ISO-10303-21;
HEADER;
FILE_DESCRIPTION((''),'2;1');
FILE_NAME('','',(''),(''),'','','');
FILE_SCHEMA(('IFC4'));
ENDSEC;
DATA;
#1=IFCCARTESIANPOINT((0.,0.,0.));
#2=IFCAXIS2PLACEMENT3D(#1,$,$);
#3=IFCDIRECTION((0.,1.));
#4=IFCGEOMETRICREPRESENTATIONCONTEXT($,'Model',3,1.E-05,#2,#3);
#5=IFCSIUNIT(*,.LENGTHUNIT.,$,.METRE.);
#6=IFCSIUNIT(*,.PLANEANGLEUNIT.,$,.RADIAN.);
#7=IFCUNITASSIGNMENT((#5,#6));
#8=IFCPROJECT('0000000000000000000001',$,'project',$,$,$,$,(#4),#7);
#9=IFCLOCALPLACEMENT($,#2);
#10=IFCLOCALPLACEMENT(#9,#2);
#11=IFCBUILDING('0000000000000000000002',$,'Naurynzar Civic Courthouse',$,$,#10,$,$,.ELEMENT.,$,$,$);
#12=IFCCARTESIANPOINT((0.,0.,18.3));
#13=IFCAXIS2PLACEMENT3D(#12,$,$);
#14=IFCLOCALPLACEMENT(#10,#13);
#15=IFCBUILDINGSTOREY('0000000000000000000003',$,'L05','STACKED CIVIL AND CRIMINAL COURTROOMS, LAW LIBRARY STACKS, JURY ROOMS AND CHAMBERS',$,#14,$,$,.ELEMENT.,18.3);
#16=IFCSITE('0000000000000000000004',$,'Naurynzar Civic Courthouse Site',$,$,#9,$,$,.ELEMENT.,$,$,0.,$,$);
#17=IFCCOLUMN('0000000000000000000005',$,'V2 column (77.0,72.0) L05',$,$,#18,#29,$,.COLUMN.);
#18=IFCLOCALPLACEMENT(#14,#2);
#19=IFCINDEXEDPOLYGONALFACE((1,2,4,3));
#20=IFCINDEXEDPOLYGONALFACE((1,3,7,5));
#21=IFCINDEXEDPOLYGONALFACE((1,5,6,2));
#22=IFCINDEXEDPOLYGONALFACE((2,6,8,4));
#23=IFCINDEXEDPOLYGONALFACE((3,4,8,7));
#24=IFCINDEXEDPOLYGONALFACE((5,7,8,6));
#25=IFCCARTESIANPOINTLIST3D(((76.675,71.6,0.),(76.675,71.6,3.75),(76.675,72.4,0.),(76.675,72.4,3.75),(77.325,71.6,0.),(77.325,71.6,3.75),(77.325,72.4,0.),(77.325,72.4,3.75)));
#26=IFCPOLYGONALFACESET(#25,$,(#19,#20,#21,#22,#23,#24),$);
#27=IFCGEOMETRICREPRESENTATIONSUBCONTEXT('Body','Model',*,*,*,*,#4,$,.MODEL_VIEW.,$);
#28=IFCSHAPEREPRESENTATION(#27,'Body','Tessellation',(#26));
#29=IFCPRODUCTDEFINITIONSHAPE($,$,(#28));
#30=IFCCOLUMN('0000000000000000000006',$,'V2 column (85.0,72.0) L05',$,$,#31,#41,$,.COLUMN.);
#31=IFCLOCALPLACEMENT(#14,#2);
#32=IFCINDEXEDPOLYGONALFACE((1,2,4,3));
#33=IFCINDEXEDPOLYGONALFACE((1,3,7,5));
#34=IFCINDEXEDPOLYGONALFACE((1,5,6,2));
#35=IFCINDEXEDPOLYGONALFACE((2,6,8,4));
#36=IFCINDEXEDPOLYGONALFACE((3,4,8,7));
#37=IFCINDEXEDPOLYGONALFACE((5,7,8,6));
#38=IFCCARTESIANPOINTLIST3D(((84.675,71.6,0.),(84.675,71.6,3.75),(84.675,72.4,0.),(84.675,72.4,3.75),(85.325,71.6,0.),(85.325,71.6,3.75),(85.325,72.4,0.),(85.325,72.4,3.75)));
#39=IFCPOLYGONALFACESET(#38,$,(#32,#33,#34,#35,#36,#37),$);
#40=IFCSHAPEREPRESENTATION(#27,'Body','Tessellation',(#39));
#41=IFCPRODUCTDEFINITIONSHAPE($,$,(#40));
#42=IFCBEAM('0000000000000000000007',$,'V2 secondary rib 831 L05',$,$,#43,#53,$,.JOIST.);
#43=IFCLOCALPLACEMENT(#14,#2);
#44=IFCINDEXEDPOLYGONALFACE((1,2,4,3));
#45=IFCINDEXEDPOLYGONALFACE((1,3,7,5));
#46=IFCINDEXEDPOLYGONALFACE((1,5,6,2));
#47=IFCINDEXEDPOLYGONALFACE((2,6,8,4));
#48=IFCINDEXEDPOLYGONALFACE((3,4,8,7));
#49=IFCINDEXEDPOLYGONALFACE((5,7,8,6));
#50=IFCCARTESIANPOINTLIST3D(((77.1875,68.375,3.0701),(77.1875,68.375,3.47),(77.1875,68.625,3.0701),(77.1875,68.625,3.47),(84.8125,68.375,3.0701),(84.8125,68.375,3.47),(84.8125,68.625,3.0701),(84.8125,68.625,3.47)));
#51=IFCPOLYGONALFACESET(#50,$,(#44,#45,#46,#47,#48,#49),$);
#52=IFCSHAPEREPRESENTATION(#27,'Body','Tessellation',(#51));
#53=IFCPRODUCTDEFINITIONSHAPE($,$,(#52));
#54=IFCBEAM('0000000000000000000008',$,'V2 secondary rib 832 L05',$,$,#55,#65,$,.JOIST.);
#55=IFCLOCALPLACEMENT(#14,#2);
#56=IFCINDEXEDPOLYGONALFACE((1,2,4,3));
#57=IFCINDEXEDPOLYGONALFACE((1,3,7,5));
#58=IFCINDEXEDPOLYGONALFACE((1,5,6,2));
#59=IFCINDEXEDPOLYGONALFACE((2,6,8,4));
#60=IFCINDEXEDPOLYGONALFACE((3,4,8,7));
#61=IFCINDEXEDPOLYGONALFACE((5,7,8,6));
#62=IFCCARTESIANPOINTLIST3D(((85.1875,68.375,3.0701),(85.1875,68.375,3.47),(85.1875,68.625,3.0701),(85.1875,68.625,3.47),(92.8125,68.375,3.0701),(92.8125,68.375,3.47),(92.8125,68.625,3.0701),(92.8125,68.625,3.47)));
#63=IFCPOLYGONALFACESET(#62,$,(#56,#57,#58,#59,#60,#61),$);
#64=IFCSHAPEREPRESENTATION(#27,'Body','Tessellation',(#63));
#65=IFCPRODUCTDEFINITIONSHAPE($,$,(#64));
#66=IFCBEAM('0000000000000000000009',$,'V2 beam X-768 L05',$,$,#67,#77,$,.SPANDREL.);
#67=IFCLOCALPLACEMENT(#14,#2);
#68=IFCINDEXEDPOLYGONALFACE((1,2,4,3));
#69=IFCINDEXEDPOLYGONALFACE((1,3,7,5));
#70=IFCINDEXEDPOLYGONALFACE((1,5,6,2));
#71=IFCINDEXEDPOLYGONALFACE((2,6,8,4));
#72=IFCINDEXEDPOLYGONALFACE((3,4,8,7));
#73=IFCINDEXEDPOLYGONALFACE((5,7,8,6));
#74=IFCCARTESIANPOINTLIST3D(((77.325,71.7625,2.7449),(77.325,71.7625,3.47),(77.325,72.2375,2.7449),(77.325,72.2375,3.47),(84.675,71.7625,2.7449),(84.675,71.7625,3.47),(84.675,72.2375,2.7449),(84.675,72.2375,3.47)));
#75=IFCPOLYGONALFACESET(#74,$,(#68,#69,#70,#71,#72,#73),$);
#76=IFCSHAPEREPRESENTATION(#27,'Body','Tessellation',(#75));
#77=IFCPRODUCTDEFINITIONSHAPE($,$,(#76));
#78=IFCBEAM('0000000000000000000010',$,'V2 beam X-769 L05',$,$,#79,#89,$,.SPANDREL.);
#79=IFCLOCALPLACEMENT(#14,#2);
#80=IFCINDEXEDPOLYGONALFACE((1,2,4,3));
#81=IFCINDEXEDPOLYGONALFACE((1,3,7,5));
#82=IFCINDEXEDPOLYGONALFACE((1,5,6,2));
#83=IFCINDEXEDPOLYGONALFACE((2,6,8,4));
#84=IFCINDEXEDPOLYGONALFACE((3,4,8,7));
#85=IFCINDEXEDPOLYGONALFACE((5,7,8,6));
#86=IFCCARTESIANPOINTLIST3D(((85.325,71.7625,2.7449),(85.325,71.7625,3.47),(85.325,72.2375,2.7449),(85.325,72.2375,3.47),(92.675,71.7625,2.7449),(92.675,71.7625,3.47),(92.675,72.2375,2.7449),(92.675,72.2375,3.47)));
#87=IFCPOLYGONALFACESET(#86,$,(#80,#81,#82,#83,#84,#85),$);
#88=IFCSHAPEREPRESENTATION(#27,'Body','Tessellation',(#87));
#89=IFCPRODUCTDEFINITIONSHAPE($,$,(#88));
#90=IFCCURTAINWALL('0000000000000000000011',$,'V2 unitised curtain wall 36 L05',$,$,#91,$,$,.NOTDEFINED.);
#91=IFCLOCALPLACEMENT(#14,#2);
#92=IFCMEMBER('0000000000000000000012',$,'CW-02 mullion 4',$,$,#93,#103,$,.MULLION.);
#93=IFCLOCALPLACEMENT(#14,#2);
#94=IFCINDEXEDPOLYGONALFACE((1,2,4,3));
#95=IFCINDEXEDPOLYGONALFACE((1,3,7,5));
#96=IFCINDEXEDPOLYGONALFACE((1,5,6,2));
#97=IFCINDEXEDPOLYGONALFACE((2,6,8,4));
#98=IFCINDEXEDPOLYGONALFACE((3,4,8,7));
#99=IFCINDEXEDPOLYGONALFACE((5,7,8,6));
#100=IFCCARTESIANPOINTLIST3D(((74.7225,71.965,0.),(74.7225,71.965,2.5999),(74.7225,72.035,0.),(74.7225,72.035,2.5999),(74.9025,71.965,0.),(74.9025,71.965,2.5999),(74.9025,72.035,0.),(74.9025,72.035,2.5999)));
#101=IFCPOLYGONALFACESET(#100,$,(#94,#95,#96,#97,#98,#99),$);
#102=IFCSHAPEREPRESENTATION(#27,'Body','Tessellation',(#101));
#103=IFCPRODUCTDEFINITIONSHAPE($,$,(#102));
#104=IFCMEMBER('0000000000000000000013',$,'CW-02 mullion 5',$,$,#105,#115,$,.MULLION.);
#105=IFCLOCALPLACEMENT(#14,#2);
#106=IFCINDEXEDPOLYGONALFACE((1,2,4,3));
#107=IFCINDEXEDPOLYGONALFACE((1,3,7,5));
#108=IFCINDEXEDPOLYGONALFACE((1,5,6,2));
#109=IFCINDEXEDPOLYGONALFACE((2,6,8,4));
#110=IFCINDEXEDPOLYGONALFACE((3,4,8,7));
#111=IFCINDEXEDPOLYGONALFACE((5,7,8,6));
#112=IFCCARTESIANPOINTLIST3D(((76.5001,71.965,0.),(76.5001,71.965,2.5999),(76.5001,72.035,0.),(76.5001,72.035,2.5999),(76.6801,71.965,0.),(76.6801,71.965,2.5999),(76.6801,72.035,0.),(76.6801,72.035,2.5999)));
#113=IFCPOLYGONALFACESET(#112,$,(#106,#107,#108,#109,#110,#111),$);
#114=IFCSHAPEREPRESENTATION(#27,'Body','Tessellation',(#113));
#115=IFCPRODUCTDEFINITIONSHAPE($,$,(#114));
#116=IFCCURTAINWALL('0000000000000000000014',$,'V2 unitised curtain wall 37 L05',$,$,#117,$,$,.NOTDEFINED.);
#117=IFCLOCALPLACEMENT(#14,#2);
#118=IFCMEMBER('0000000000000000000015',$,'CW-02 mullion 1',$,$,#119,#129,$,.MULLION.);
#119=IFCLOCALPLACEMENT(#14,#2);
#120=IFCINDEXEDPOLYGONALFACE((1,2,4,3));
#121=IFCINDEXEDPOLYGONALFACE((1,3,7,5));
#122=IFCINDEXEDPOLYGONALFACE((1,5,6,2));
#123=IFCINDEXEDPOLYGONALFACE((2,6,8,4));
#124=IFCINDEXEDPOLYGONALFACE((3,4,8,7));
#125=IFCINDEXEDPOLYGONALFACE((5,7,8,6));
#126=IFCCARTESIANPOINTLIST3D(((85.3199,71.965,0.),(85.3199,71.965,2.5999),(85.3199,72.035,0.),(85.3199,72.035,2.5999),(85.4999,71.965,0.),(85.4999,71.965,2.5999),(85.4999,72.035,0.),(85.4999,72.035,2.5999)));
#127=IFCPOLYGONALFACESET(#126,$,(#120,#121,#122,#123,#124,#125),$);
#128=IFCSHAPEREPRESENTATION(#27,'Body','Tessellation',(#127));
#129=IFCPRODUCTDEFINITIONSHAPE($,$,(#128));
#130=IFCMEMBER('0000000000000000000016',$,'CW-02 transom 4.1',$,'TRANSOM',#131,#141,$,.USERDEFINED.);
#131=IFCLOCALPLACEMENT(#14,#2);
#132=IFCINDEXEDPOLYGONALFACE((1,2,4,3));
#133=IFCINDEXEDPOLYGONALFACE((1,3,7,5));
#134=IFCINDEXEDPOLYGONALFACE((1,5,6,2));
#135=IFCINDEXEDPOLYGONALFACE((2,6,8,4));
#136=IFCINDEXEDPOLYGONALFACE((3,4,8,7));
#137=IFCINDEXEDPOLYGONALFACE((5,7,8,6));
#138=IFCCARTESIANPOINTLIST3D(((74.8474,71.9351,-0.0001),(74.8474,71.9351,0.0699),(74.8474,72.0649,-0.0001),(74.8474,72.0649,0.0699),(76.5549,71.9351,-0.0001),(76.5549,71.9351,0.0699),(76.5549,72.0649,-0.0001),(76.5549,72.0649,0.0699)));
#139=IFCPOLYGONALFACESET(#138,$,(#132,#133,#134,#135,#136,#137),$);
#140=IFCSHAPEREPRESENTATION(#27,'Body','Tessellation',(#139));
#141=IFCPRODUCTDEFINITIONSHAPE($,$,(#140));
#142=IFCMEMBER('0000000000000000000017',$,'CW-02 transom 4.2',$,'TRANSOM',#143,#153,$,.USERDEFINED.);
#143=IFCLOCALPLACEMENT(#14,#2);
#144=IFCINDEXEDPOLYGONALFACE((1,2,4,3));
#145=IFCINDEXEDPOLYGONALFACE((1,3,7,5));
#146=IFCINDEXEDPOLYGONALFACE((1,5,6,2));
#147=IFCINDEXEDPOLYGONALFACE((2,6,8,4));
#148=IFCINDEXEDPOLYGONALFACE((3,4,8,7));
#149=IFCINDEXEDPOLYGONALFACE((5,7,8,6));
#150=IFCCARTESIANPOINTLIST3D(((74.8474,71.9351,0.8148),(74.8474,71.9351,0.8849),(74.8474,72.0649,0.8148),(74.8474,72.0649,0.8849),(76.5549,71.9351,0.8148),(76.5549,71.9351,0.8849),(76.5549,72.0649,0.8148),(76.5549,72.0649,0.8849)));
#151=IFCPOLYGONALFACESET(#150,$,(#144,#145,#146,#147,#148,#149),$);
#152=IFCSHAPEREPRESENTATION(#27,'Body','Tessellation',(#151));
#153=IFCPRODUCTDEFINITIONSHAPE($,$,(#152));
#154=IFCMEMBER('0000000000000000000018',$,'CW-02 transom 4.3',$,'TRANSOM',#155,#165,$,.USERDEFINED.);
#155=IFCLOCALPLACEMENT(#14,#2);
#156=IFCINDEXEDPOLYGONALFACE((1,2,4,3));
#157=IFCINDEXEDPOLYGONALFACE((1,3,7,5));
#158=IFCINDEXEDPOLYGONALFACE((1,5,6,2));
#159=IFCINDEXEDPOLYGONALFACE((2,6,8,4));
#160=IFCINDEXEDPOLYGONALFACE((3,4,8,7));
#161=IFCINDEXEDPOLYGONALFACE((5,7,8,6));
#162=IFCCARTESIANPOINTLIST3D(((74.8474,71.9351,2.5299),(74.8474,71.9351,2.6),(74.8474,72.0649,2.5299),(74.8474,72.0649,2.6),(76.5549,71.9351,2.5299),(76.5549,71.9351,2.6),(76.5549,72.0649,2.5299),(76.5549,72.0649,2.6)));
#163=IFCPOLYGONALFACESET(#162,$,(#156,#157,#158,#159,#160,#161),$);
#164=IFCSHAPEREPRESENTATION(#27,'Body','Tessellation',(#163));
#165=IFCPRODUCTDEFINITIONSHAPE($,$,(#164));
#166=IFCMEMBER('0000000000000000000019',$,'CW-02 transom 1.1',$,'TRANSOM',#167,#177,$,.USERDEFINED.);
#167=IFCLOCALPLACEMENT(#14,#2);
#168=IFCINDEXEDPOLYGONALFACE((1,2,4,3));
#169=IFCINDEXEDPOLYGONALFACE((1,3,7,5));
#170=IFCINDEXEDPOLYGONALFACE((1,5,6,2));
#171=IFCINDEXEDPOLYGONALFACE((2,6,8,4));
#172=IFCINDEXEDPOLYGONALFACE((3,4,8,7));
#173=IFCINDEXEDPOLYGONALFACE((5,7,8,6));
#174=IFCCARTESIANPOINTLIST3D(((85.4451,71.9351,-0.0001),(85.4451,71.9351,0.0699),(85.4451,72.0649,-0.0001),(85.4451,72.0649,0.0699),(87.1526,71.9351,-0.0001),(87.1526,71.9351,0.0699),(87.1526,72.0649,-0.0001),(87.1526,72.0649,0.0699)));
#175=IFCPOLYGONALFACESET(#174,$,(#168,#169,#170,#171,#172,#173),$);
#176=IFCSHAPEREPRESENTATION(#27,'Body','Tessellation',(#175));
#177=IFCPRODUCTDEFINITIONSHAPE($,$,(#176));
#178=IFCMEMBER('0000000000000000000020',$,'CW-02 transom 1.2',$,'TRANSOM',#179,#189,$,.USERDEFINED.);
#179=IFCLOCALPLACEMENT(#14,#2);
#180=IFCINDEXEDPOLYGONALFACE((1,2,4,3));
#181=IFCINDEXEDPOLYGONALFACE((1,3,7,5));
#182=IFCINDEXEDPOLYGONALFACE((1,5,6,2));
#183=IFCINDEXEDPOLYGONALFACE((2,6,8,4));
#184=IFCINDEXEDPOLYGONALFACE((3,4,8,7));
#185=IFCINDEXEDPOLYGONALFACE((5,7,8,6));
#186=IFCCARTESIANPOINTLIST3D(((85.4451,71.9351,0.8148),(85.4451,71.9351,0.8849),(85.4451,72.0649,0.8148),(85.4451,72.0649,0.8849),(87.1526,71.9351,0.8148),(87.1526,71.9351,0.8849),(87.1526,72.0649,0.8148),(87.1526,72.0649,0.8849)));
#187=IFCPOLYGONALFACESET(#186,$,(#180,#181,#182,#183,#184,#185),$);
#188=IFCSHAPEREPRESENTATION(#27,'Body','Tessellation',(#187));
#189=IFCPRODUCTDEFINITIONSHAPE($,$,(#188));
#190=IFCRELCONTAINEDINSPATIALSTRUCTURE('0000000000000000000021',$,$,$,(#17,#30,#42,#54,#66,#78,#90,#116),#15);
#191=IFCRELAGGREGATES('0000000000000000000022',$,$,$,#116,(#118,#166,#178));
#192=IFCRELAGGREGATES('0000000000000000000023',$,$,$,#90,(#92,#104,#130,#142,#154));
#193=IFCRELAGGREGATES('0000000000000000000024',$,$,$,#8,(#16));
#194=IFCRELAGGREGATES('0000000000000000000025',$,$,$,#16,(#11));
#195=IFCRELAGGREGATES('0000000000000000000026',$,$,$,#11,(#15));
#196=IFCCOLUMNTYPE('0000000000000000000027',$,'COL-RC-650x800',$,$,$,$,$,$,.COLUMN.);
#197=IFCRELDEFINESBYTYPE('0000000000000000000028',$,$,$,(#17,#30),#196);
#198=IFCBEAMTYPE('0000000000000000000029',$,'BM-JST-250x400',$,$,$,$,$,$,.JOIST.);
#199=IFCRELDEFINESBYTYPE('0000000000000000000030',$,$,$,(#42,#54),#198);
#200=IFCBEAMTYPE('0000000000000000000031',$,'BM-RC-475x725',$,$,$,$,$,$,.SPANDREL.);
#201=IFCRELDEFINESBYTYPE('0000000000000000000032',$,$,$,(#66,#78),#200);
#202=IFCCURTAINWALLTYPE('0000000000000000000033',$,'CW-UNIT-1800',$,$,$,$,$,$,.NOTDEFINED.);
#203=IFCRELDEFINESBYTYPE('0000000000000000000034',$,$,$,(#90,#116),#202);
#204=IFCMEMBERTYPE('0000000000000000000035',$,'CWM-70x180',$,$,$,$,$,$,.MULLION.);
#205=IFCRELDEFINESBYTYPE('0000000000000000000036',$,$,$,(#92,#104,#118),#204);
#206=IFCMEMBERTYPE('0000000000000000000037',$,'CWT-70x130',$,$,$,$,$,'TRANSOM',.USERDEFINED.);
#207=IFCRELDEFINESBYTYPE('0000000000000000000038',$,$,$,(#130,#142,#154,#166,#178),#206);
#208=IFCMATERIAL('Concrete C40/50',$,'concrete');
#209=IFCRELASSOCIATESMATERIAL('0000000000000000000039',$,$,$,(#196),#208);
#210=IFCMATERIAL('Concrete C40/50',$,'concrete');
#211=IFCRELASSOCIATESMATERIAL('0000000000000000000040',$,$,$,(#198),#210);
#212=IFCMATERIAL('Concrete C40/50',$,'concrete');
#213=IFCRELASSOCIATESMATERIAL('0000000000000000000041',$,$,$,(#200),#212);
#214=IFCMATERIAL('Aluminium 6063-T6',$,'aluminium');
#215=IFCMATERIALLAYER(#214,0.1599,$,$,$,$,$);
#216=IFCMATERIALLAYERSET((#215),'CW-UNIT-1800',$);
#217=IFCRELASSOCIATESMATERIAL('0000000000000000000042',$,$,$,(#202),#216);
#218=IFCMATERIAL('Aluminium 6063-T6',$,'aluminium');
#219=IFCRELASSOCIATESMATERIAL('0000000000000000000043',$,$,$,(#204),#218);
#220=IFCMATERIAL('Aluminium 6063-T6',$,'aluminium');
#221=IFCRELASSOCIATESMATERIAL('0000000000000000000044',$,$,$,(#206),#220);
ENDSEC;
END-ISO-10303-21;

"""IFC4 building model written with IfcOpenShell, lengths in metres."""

from ifc_helpers import new_model, si_unit, direction, frame, origin, origin_2d, place, context, subcontext, project, spatial, rectangle, extrude, material, layer, layer_set, material_profile, profile_set, type_object, element, aggregate, save


model = new_model("IFC4")

# Units and contexts
model_context = context("Model", 3, precision=1e-05, world=origin(), true_north=direction((0.0, 1.0)))
body_context = subcontext(model_context, "Body", "Model", "MODEL_VIEW")
ifc_project = project(units=[si_unit("LENGTHUNIT", "METRE"), si_unit("PLANEANGLEUNIT", "RADIAN")], contexts=[model_context])

# Site, building, storey
site_placement = place(None, origin())
site = spatial("IfcSite", under=ifc_project, at=site_placement, Name="Naurynzar Civic Courthouse Site", CompositionType="ELEMENT", RefElevation=0.0)
building_placement = place(site_placement, origin())
building = spatial("IfcBuilding", under=site, at=building_placement, Name="Naurynzar Civic Courthouse", CompositionType="ELEMENT")
storey_placement = place(building_placement, frame((0.0, 0.0, 18.3)))
storey = spatial("IfcBuildingStorey", under=building, at=storey_placement, Name="L05", Description="STACKED CIVIL AND CRIMINAL COURTROOMS, LAW LIBRARY STACKS, JURY ROOMS AND CHAMBERS", CompositionType="ELEMENT", Elevation=18.3)

# Columns
ifc_material_1 = material(Name="Concrete C40/50", Category="concrete")
ifc_material_profile_1 = material_profile(ifc_material_1, rectangle(XDim=0.6499, YDim=0.8, at=origin_2d()), Name="RC 650x800")
ifc_profile_set_1 = profile_set([ifc_material_profile_1], Name="Concrete C40/50")
column_type = type_object("IfcColumnType", Name="COL-RC-650x800", PredefinedType="COLUMN", material=ifc_profile_set_1)
for number, where, z_axis, x_axis, name in (
    (1, (77.0, 72.0, 0.0), (0.0, 0.0, 1.0), (1.0, 0.0, 0.0), "V2 column (77.0,72.0) L05"),
    (2, (85.0, 72.0, 0.0), (0.0, 0.0, 1.0), (1.0, 0.0, 0.0), "V2 column (85.0,72.0) L05"),
):
    element("IfcColumn", number, at=place(storey_placement, frame(where, z_axis=z_axis, x_axis=x_axis)), inside=storey, type_object=column_type, Name=name, PredefinedType="COLUMN", context=body_context, shape_type="SweptSolid", body=[
        extrude(rectangle(XDim=0.6499, YDim=0.8, at=origin_2d()), origin(), (0.0, 0.0, 1.0), 3.75),
    ])

# Beams
ifc_material_2 = material(Name="Concrete C40/50", Category="concrete")
ifc_material_profile_2 = material_profile(ifc_material_2, rectangle(XDim=0.25, YDim=0.3999, at=origin_2d()), Name="RCB 250x400")
ifc_profile_set_2 = profile_set([ifc_material_profile_2], Name="Concrete C40/50")
beam_type_1 = type_object("IfcBeamType", Name="BM-JST-250x400", PredefinedType="JOIST", material=ifc_profile_set_2)
for number, where, z_axis, x_axis, name in (
    (3, (77.1875, 68.5, 3.27), (1.0, 0.0, 0.0), (0.0, 1.0, 0.0), "V2 secondary rib 831 L05"),
    (4, (85.1875, 68.5, 3.27), (1.0, 0.0, 0.0), (0.0, 1.0, 0.0), "V2 secondary rib 832 L05"),
):
    element("IfcBeam", number, at=place(storey_placement, frame(where, z_axis=z_axis, x_axis=x_axis)), inside=storey, type_object=beam_type_1, Name=name, PredefinedType="JOIST", context=body_context, shape_type="SweptSolid", body=[
        extrude(rectangle(XDim=0.25, YDim=0.3999, at=origin_2d()), origin(), (0.0, 0.0, 1.0), 7.625),
    ])
ifc_material_3 = material(Name="Concrete C40/50", Category="concrete")
ifc_material_profile_3 = material_profile(ifc_material_3, rectangle(XDim=0.4751, YDim=0.7251, at=origin_2d()), Name="RCB 475x725")
ifc_profile_set_3 = profile_set([ifc_material_profile_3], Name="Concrete C40/50")
beam_type_2 = type_object("IfcBeamType", Name="BM-RC-475x725", PredefinedType="SPANDREL", material=ifc_profile_set_3)
for number, where, z_axis, x_axis, name in (
    (5, (77.325, 72.0, 3.1074), (1.0, 0.0, 0.0), (0.0, 1.0, 0.0), "V2 beam X-768 L05"),
    (6, (85.325, 72.0, 3.1074), (1.0, 0.0, 0.0), (0.0, 1.0, 0.0), "V2 beam X-769 L05"),
):
    element("IfcBeam", number, at=place(storey_placement, frame(where, z_axis=z_axis, x_axis=x_axis)), inside=storey, type_object=beam_type_2, Name=name, PredefinedType="SPANDREL", context=body_context, shape_type="SweptSolid", body=[
        extrude(rectangle(XDim=0.4751, YDim=0.7251, at=origin_2d()), origin(), (0.0, 0.0, 1.0), 7.3501),
    ])

# Curtain wall, members
ifc_material_4 = material(Name="Aluminium 6063-T6", Category="aluminium")
ifc_layer_1 = layer(ifc_material_4, 0.1599)
ifc_layer_set_1 = layer_set([ifc_layer_1], Name="CW-UNIT-1800")
curtain_wall_type = type_object("IfcCurtainWallType", Name="CW-UNIT-1800", PredefinedType="NOTDEFINED", material=ifc_layer_set_1)
curtain_wall_1_placement = place(storey_placement, origin())
curtain_wall_1 = element("IfcCurtainWall", 7, at=curtain_wall_1_placement, inside=storey, type_object=curtain_wall_type, Name="V2 unitised curtain wall 36 L05", PredefinedType="NOTDEFINED")
ifc_material_5 = material(Name="Aluminium 6063-T6", Category="aluminium")
ifc_material_profile_4 = material_profile(ifc_material_5, rectangle(XDim=0.0701, YDim=0.1799, at=origin_2d()), Name="ALU MULLION 70x180")
ifc_profile_set_4 = profile_set([ifc_material_profile_4], Name="Aluminium 6063-T6")
member_type_1 = type_object("IfcMemberType", Name="CWM-70x180", PredefinedType="MULLION", material=ifc_profile_set_4)
member_1_placement = place(storey_placement, frame((74.8125, 72.0, 0.0), z_axis=(0.0, 0.0, 1.0), x_axis=(0.0, 1.0, 0.0)))
member_1 = element("IfcMember", 8, at=member_1_placement, type_object=member_type_1, Name="CW-02 mullion 4", PredefinedType="MULLION", context=body_context, shape_type="SweptSolid", body=[
    extrude(rectangle(XDim=0.0701, YDim=0.1799, at=origin_2d()), origin(), (0.0, 0.0, 1.0), 2.5999),
])
member_2_placement = place(storey_placement, frame((76.5901, 72.0, 0.0), z_axis=(0.0, 0.0, 1.0), x_axis=(0.0, 1.0, 0.0)))
member_2 = element("IfcMember", 9, at=member_2_placement, type_object=member_type_1, Name="CW-02 mullion 5", PredefinedType="MULLION", context=body_context, shape_type="SweptSolid", body=[
    extrude(rectangle(XDim=0.0701, YDim=0.1799, at=origin_2d()), origin(), (0.0, 0.0, 1.0), 2.5999),
])

# Curtain wall, member
curtain_wall_2_placement = place(storey_placement, origin())
curtain_wall_2 = element("IfcCurtainWall", 10, at=curtain_wall_2_placement, inside=storey, type_object=curtain_wall_type, Name="V2 unitised curtain wall 37 L05", PredefinedType="NOTDEFINED")
member_3_placement = place(storey_placement, frame((85.4099, 72.0, 0.0), z_axis=(0.0, 0.0, 1.0), x_axis=(0.0, 1.0, 0.0)))
member_3 = element("IfcMember", 11, at=member_3_placement, type_object=member_type_1, Name="CW-02 mullion 1", PredefinedType="MULLION", context=body_context, shape_type="SweptSolid", body=[
    extrude(rectangle(XDim=0.0701, YDim=0.1799, at=origin_2d()), origin(), (0.0, 0.0, 1.0), 2.5999),
])

# Members
ifc_material_6 = material(Name="Aluminium 6063-T6", Category="aluminium")
ifc_material_profile_5 = material_profile(ifc_material_6, rectangle(XDim=0.1299, YDim=0.0701, at=origin_2d()), Name="ALU TRANSOM 70x130")
ifc_profile_set_5 = profile_set([ifc_material_profile_5], Name="Aluminium 6063-T6")
member_type_2 = type_object("IfcMemberType", Name="CWT-70x130", ElementType="TRANSOM", PredefinedType="USERDEFINED", material=ifc_profile_set_5)
member_4_placement = place(storey_placement, frame((74.8474, 72.0, 0.0349), z_axis=(1.0, 0.0, 0.0), x_axis=(0.0, 1.0, 0.0)))
member_4 = element("IfcMember", 12, at=member_4_placement, type_object=member_type_2, Name="CW-02 transom 4.1", ObjectType="TRANSOM", PredefinedType="USERDEFINED", context=body_context, shape_type="SweptSolid", body=[
    extrude(rectangle(XDim=0.1299, YDim=0.0701, at=origin_2d()), origin(), (0.0, 0.0, 1.0), 1.7075),
])
member_5_placement = place(storey_placement, frame((74.8474, 72.0, 0.8499), z_axis=(1.0, 0.0, 0.0), x_axis=(0.0, 1.0, 0.0)))
member_5 = element("IfcMember", 13, at=member_5_placement, type_object=member_type_2, Name="CW-02 transom 4.2", ObjectType="TRANSOM", PredefinedType="USERDEFINED", context=body_context, shape_type="SweptSolid", body=[
    extrude(rectangle(XDim=0.1299, YDim=0.0701, at=origin_2d()), origin(), (0.0, 0.0, 1.0), 1.7075),
])
member_6_placement = place(storey_placement, frame((74.8474, 72.0, 2.5649), z_axis=(1.0, 0.0, 0.0), x_axis=(0.0, 1.0, 0.0)))
member_6 = element("IfcMember", 14, at=member_6_placement, type_object=member_type_2, Name="CW-02 transom 4.3", ObjectType="TRANSOM", PredefinedType="USERDEFINED", context=body_context, shape_type="SweptSolid", body=[
    extrude(rectangle(XDim=0.1299, YDim=0.0701, at=origin_2d()), origin(), (0.0, 0.0, 1.0), 1.7075),
])
member_7_placement = place(storey_placement, frame((85.4451, 72.0, 0.0349), z_axis=(1.0, 0.0, 0.0), x_axis=(0.0, 1.0, 0.0)))
member_7 = element("IfcMember", 15, at=member_7_placement, type_object=member_type_2, Name="CW-02 transom 1.1", ObjectType="TRANSOM", PredefinedType="USERDEFINED", context=body_context, shape_type="SweptSolid", body=[
    extrude(rectangle(XDim=0.1299, YDim=0.0701, at=origin_2d()), origin(), (0.0, 0.0, 1.0), 1.7075),
])
member_8_placement = place(storey_placement, frame((85.4451, 72.0, 0.8499), z_axis=(1.0, 0.0, 0.0), x_axis=(0.0, 1.0, 0.0)))
member_8 = element("IfcMember", 16, at=member_8_placement, type_object=member_type_2, Name="CW-02 transom 1.2", ObjectType="TRANSOM", PredefinedType="USERDEFINED", context=body_context, shape_type="SweptSolid", body=[
    extrude(rectangle(XDim=0.1299, YDim=0.0701, at=origin_2d()), origin(), (0.0, 0.0, 1.0), 1.7075),
])
aggregate(curtain_wall_2, [member_3, member_7, member_8])

aggregate(curtain_wall_1, [member_1, member_2, member_4, member_5, member_6])

save(model, "model.ifc")
